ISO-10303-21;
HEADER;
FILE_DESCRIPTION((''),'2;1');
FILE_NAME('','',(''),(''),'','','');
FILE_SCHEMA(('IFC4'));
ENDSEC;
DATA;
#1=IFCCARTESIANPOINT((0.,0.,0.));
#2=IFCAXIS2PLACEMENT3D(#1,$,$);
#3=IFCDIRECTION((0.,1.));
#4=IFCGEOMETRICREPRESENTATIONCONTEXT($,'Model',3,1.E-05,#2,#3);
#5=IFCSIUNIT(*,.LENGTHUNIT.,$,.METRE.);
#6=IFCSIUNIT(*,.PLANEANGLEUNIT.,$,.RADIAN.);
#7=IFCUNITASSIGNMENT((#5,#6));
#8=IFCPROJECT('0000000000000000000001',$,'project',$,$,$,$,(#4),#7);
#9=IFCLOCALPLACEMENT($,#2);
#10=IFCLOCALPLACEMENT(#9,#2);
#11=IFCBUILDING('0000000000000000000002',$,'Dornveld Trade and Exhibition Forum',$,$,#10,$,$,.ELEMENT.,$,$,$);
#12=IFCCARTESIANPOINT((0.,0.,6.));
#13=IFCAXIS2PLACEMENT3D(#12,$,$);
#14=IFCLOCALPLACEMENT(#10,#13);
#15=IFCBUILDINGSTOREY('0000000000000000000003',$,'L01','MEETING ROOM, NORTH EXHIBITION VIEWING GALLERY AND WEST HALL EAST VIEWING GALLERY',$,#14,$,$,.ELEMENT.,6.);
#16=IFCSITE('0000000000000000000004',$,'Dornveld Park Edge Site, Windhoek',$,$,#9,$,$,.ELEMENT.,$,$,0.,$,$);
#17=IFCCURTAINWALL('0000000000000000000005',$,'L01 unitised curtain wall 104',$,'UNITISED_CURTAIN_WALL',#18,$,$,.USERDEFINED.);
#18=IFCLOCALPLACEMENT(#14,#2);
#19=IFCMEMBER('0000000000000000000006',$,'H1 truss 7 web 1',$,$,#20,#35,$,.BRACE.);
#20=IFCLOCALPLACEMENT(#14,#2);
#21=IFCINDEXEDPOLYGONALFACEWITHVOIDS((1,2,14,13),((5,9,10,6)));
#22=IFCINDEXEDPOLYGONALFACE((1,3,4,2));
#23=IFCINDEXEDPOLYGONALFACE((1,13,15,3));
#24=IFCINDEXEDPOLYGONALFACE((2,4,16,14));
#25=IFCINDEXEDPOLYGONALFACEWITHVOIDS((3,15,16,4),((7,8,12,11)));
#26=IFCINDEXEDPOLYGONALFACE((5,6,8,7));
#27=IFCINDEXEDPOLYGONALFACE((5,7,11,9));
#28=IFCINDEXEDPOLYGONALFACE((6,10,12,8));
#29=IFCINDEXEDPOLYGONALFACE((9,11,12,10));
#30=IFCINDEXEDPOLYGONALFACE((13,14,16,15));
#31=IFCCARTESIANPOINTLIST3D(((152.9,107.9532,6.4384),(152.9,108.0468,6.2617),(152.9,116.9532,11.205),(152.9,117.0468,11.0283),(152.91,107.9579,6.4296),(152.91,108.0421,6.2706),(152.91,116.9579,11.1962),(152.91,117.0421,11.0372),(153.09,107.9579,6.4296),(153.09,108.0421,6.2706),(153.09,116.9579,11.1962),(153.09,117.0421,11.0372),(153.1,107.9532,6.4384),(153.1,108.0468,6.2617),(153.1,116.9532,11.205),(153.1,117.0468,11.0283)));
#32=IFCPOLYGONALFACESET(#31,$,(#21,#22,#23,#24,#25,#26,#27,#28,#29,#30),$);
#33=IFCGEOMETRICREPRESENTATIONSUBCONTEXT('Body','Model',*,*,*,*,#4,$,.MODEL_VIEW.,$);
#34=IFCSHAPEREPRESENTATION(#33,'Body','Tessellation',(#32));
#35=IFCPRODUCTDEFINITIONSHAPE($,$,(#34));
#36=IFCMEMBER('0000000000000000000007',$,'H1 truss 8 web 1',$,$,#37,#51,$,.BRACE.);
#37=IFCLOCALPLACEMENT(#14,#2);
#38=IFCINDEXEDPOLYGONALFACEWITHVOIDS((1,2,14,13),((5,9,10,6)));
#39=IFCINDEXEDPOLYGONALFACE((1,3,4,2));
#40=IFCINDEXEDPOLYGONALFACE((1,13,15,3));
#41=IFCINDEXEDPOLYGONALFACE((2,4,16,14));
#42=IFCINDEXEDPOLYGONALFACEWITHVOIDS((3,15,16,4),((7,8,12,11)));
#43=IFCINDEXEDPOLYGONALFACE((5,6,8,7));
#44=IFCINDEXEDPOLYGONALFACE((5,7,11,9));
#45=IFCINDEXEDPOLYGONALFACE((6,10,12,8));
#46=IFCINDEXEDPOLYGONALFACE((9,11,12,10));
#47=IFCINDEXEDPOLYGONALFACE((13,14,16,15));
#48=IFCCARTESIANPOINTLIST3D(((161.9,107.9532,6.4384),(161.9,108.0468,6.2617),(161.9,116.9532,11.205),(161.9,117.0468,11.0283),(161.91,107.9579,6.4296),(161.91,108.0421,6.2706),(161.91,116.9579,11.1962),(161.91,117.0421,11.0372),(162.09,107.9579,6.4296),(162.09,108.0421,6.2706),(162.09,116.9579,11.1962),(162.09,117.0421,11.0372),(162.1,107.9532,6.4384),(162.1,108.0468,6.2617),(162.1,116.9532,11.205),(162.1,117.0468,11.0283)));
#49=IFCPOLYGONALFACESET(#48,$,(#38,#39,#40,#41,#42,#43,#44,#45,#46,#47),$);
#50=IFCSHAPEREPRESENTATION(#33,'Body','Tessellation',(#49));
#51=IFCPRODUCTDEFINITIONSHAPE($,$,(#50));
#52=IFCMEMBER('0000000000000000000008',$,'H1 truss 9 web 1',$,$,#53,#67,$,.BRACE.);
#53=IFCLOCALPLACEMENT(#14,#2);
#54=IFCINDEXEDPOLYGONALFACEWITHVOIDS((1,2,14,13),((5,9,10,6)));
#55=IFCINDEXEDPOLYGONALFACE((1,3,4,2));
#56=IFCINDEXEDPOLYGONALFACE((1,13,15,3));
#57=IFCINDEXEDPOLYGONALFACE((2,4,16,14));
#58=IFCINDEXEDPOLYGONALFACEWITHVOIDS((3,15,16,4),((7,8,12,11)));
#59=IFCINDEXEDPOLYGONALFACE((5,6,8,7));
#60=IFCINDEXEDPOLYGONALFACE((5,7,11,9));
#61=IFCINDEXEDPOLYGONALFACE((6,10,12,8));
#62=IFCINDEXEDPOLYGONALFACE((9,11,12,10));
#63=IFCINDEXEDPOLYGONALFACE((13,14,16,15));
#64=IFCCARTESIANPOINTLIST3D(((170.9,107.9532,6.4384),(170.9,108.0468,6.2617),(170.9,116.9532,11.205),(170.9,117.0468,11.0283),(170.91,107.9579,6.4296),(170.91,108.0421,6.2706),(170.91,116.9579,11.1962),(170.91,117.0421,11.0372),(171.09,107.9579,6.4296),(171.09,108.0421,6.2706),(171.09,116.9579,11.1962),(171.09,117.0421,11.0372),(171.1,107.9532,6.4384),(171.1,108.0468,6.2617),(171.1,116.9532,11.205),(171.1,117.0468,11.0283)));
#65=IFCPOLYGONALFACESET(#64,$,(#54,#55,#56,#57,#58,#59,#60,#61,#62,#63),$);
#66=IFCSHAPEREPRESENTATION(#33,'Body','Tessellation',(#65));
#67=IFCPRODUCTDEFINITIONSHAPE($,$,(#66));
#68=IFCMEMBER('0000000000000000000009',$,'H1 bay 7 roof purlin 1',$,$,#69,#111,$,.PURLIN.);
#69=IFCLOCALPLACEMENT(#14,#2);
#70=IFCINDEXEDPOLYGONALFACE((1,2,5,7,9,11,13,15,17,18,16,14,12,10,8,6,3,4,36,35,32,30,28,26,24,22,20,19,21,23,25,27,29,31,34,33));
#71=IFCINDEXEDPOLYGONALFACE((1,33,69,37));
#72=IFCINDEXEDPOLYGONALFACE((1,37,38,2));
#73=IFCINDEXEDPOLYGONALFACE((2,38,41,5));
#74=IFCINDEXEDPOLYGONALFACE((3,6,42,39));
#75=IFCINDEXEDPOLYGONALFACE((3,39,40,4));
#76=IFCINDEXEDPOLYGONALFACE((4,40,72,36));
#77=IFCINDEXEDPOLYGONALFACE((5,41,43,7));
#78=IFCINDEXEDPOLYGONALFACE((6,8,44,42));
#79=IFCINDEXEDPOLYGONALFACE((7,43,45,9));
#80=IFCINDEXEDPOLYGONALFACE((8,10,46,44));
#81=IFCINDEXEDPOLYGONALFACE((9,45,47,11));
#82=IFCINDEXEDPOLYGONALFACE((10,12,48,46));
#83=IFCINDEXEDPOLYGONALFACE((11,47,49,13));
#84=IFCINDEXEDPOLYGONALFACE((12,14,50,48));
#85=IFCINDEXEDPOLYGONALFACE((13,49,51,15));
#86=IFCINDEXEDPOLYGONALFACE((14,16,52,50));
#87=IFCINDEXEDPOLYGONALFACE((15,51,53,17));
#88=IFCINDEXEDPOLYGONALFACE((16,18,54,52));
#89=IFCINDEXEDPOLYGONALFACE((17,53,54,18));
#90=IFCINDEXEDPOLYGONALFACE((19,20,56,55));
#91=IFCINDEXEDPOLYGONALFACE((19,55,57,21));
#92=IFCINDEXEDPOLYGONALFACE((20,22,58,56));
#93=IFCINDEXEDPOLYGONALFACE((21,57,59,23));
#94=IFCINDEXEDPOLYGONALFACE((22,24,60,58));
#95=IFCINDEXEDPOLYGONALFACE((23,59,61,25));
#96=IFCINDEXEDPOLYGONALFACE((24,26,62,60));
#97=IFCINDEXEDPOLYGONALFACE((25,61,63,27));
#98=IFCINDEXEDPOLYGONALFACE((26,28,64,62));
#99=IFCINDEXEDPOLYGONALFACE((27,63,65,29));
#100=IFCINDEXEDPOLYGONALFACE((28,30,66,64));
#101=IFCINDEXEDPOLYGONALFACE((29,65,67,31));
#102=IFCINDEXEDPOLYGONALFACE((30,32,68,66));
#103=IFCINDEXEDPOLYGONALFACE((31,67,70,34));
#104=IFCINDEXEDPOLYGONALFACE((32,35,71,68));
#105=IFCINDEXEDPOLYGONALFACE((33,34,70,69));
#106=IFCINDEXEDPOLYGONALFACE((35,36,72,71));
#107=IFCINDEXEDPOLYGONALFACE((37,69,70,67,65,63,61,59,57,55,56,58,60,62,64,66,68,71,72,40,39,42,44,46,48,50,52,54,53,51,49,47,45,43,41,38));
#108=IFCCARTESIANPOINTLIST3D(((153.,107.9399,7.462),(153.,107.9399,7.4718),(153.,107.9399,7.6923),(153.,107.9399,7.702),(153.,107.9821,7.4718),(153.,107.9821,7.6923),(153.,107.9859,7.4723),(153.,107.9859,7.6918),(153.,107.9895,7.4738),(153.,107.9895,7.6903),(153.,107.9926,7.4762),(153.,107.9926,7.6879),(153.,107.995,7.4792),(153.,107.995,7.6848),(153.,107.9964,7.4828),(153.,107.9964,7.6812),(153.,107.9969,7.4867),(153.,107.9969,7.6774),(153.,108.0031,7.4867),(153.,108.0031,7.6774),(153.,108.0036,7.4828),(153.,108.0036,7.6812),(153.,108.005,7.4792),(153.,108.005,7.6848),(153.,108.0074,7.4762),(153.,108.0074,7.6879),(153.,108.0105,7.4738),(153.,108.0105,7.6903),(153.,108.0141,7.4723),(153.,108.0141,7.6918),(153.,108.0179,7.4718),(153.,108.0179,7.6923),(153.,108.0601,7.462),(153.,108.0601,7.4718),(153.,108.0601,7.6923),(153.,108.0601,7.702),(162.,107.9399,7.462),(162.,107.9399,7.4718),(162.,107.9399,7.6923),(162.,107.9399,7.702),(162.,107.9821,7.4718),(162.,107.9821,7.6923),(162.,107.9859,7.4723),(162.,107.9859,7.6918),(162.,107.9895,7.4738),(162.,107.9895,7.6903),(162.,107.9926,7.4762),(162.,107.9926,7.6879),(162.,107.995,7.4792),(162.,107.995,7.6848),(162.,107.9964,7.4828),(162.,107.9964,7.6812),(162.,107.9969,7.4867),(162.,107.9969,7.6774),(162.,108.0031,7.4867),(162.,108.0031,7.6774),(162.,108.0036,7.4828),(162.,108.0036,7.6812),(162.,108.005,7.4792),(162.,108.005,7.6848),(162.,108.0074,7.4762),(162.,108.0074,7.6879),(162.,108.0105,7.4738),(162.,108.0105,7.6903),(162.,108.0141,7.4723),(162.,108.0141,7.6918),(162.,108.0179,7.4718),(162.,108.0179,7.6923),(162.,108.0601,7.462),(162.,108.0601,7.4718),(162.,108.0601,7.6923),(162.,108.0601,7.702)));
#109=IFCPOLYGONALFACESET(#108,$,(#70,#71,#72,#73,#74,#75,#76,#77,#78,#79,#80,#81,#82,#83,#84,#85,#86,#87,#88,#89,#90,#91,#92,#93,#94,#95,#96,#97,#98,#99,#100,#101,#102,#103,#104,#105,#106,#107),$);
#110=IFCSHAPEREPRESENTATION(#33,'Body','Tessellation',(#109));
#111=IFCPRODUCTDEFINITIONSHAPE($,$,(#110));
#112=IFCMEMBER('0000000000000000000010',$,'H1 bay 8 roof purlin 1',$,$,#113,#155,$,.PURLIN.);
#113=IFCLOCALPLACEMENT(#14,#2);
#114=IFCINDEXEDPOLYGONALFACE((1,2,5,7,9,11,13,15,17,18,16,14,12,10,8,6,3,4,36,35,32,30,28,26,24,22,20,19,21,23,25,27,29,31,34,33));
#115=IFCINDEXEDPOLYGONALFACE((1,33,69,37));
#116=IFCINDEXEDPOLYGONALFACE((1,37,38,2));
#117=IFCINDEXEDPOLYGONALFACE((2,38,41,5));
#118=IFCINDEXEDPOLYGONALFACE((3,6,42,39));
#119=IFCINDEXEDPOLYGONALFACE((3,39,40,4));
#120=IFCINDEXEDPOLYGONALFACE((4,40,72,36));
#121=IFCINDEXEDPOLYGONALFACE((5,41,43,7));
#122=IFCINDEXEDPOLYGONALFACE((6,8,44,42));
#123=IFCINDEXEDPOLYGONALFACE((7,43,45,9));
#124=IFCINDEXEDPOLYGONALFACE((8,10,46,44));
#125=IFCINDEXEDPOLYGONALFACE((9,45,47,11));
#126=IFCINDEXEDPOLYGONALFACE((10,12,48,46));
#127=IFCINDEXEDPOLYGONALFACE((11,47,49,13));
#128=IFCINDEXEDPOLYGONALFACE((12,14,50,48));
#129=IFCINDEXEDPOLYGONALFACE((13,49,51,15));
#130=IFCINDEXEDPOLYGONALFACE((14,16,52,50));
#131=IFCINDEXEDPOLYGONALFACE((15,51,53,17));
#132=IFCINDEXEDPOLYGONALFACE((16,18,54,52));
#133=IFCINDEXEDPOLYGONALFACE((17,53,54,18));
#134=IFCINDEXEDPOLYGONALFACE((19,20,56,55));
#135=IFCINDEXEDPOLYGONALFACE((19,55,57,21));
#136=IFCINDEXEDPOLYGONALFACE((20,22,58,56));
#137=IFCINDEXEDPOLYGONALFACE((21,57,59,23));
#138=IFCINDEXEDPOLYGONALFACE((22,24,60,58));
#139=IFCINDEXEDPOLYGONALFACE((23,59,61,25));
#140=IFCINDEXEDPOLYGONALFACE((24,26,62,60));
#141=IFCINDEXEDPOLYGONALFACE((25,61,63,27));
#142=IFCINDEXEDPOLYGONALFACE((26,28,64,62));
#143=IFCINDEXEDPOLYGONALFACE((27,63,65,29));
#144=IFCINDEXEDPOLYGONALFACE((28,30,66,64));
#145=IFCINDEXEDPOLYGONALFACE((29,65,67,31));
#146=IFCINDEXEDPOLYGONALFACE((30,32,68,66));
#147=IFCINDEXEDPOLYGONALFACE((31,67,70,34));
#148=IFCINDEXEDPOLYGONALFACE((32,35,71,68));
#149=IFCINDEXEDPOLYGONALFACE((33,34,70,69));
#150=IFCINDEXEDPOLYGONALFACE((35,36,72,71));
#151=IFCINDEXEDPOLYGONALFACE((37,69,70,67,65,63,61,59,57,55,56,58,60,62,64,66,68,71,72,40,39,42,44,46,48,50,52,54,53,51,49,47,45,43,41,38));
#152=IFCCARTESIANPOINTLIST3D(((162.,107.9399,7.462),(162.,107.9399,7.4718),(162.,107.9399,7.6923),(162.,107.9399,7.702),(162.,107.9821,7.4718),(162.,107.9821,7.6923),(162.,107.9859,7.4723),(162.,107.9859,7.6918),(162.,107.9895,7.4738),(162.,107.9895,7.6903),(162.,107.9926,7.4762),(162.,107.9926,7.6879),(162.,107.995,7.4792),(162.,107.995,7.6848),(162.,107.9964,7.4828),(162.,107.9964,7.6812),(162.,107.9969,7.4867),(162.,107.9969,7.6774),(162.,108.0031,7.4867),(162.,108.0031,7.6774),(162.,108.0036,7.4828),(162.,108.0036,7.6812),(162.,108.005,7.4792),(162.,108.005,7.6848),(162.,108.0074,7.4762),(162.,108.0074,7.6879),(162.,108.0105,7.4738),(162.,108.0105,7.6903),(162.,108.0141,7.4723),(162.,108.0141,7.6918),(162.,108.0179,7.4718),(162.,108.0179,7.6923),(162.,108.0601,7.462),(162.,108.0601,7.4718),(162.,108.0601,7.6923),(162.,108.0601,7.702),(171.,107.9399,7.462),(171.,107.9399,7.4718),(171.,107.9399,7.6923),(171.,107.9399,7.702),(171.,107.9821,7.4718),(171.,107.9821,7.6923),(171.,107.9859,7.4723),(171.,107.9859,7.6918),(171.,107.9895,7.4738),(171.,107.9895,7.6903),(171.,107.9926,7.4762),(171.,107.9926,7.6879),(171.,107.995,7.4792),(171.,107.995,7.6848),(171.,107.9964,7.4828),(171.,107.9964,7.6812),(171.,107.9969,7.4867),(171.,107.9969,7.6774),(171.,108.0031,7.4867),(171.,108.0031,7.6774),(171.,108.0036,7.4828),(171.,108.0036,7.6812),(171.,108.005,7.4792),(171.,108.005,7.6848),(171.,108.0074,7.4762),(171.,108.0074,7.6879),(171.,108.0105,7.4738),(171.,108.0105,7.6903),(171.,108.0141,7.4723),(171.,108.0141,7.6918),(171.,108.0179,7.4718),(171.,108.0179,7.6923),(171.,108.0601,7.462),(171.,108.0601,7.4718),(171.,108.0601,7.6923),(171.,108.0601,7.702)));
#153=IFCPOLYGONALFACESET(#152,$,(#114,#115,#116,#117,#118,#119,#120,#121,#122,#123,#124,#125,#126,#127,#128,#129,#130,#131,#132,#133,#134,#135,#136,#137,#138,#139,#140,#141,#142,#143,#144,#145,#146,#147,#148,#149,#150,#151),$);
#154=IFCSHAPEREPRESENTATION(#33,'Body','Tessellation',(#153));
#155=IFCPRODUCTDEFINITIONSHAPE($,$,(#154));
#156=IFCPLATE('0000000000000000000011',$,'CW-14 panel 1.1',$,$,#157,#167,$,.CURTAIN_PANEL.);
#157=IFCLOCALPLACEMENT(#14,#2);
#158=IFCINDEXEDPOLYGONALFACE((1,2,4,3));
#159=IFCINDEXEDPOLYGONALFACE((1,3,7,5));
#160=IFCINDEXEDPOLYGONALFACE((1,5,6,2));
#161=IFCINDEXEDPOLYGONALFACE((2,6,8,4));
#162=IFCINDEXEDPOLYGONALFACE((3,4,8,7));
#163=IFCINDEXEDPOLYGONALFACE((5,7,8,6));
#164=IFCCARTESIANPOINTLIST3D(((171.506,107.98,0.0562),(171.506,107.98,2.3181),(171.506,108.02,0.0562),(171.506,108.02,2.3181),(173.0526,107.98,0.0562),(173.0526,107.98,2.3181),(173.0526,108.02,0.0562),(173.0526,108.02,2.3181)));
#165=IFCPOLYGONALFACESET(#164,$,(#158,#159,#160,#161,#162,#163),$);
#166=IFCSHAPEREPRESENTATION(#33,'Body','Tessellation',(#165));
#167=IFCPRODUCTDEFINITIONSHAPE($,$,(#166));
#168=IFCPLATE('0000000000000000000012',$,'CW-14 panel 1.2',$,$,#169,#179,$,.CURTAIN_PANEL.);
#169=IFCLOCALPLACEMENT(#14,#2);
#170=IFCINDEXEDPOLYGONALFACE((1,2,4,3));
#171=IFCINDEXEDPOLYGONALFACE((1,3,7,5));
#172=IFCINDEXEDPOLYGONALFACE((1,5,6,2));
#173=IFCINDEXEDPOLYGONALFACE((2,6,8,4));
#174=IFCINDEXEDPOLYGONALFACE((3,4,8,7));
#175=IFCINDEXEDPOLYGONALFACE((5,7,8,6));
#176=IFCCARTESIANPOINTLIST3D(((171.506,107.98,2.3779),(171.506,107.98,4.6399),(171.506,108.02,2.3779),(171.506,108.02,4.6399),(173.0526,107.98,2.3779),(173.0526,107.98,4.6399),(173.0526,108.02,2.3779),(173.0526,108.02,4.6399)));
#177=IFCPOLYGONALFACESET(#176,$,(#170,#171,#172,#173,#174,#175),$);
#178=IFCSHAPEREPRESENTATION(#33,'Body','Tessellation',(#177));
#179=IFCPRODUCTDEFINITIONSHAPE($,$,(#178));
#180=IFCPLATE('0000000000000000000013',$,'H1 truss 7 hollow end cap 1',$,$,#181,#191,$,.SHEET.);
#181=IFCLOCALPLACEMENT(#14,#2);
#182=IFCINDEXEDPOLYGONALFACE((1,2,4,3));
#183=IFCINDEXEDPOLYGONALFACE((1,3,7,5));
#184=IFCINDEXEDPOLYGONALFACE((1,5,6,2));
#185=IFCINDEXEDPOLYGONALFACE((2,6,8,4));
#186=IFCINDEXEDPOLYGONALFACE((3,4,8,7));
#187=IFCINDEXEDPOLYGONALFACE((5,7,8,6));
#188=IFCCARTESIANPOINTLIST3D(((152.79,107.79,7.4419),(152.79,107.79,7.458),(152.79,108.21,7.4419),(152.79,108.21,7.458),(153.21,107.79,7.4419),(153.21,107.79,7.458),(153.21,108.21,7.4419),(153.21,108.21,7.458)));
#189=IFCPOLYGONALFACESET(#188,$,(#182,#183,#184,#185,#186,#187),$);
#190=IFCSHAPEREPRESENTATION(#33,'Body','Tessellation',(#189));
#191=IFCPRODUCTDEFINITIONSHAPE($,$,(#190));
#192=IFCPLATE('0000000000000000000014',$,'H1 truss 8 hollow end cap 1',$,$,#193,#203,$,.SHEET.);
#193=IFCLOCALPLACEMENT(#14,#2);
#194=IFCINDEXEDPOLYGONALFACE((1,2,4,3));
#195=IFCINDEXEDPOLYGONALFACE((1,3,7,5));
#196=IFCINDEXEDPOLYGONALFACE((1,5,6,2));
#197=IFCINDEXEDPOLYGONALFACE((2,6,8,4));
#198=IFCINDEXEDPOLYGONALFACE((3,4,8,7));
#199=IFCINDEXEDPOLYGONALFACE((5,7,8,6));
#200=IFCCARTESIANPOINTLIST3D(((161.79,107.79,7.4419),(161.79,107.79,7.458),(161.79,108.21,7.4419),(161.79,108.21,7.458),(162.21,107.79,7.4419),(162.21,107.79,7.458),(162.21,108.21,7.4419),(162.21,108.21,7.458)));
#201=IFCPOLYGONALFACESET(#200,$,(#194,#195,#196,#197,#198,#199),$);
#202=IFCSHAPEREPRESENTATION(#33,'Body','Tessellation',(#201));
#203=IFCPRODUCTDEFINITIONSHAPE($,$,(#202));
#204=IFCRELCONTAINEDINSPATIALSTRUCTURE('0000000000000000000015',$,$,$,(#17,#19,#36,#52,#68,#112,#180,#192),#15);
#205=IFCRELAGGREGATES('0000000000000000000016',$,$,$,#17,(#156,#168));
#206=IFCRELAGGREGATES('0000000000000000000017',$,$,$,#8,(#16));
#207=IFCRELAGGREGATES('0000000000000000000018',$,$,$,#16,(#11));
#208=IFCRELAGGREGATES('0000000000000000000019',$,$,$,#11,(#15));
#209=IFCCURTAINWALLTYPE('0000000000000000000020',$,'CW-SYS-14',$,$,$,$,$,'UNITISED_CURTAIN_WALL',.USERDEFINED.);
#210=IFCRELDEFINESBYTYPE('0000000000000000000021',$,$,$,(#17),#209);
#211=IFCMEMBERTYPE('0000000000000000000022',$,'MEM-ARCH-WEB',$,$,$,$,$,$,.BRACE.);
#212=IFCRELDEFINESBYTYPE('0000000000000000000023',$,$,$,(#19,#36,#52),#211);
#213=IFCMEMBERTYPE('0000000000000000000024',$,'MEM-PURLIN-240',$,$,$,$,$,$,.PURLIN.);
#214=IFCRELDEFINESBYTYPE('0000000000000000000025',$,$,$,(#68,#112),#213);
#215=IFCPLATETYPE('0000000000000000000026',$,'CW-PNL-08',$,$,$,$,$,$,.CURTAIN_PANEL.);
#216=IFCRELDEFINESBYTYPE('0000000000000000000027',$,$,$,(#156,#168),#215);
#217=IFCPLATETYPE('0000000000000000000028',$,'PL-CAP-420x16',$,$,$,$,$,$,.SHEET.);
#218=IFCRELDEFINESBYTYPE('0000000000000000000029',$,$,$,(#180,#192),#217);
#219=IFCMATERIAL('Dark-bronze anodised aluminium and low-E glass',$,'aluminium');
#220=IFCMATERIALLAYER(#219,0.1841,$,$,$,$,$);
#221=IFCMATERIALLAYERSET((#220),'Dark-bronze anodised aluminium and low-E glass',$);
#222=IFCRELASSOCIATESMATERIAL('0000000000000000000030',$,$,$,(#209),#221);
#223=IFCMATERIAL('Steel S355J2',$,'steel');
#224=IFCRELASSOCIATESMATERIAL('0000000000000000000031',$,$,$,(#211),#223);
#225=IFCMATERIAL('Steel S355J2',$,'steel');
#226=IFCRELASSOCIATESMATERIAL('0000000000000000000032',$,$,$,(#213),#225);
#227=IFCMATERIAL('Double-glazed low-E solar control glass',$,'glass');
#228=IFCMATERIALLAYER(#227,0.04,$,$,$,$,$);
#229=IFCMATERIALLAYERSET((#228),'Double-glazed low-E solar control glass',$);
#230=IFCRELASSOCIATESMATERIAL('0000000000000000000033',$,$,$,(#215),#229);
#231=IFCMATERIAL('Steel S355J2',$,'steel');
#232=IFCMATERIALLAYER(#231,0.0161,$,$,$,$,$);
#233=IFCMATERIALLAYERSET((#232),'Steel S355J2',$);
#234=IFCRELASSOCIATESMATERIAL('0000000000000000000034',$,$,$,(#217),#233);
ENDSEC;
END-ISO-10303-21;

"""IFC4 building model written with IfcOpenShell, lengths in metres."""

from ifc_helpers import new_model, si_unit, direction, frame, origin, origin_2d, place, context, subcontext, project, spatial, rectangle, hollow_rectangle, i_section, extrude, material, layer, layer_set, material_profile, profile_set, type_object, element, aggregate, save


model = new_model("IFC4")

# Units and contexts
model_context = context("Model", 3, precision=1e-05, world=origin(), true_north=direction((0.0, 1.0)))
body_context = subcontext(model_context, "Body", "Model", "MODEL_VIEW")
ifc_project = project(units=[si_unit("LENGTHUNIT", "METRE"), si_unit("PLANEANGLEUNIT", "RADIAN")], contexts=[model_context])

# Site, building, storey
site_placement = place(None, origin())
site = spatial("IfcSite", under=ifc_project, at=site_placement, Name="Dornveld Park Edge Site, Windhoek", CompositionType="ELEMENT", RefElevation=0.0)
building_placement = place(site_placement, origin())
building = spatial("IfcBuilding", under=site, at=building_placement, Name="Dornveld Trade and Exhibition Forum", CompositionType="ELEMENT")
storey_placement = place(building_placement, frame((0.0, 0.0, 6.0)))
storey = spatial("IfcBuildingStorey", under=building, at=storey_placement, Name="L01", Description="MEETING ROOM, NORTH EXHIBITION VIEWING GALLERY AND WEST HALL EAST VIEWING GALLERY", CompositionType="ELEMENT", Elevation=6.0)

# Curtain wall
ifc_material_1 = material(Name="Dark-bronze anodised aluminium and low-E glass", Category="aluminium")
ifc_layer_1 = layer(ifc_material_1, 0.1841)
ifc_layer_set_1 = layer_set([ifc_layer_1], Name="Dark-bronze anodised aluminium and low-E glass")
curtain_wall_type = type_object("IfcCurtainWallType", Name="CW-SYS-14", ElementType="UNITISED_CURTAIN_WALL", PredefinedType="USERDEFINED", material=ifc_layer_set_1)
curtain_wall_placement = place(storey_placement, origin())
curtain_wall = element("IfcCurtainWall", 1, at=curtain_wall_placement, inside=storey, type_object=curtain_wall_type, Name="L01 unitised curtain wall 104", ObjectType="UNITISED_CURTAIN_WALL", PredefinedType="USERDEFINED")

# Members
ifc_material_2 = material(Name="Steel S355J2", Category="steel")
ifc_material_profile_1 = material_profile(ifc_material_2, hollow_rectangle(XDim=0.2, YDim=0.2, WallThickness=0.01, at=origin_2d()), Name="SHS 200x200x10")
ifc_profile_set_1 = profile_set([ifc_material_profile_1], Name="Steel S355J2")
member_type_1 = type_object("IfcMemberType", Name="MEM-ARCH-WEB", PredefinedType="BRACE", material=ifc_profile_set_1)
for number, where, z_axis, x_axis, name in (
    (2, (153.0, 108.0, 6.3501), (0.0, 0.883711, 0.468033), (-1.0, 0.0, 0.0), "H1 truss 7 web 1"),
    (3, (162.0, 108.0, 6.3501), (0.0, 0.883711, 0.468033), (-1.0, 0.0, 0.0), "H1 truss 8 web 1"),
    (4, (171.0, 108.0, 6.3501), (0.0, 0.883711, 0.468033), (-1.0, 0.0, 0.0), "H1 truss 9 web 1"),
):
    element("IfcMember", number, at=place(storey_placement, frame(where, z_axis=z_axis, x_axis=x_axis)), inside=storey, type_object=member_type_1, Name=name, PredefinedType="BRACE", context=body_context, shape_type="SweptSolid", body=[
        extrude(hollow_rectangle(XDim=0.2, YDim=0.2, WallThickness=0.01, at=origin_2d()), origin(), (0.0, 0.0, 1.0), 10.1843),
    ])
ifc_material_3 = material(Name="Steel S355J2", Category="steel")
ifc_material_profile_2 = material_profile(ifc_material_3, i_section(OverallWidth=0.1201, OverallDepth=0.24, WebThickness=0.0061, FlangeThickness=0.0098, FilletRadius=0.0149, at=origin_2d()), Name="IPE 240")
ifc_profile_set_2 = profile_set([ifc_material_profile_2], Name="Steel S355J2")
member_type_2 = type_object("IfcMemberType", Name="MEM-PURLIN-240", PredefinedType="PURLIN", material=ifc_profile_set_2)
for number, where, z_axis, x_axis, name in (
    (5, (153.0, 108.0, 7.582), (1.0, 0.0, 0.0), (0.0, 1.0, 0.0), "H1 bay 7 roof purlin 1"),
    (6, (162.0, 108.0, 7.582), (1.0, 0.0, 0.0), (0.0, 1.0, 0.0), "H1 bay 8 roof purlin 1"),
):
    element("IfcMember", number, at=place(storey_placement, frame(where, z_axis=z_axis, x_axis=x_axis)), inside=storey, type_object=member_type_2, Name=name, PredefinedType="PURLIN", context=body_context, shape_type="SweptSolid", body=[
        extrude(i_section(OverallWidth=0.1201, OverallDepth=0.24, WebThickness=0.0061, FlangeThickness=0.0098, FilletRadius=0.0149, at=origin_2d()), origin(), (0.0, 0.0, 1.0), 9.0),
    ])

# Plates
ifc_material_4 = material(Name="Double-glazed low-E solar control glass", Category="glass")
ifc_layer_2 = layer(ifc_material_4, 0.04)
ifc_layer_set_2 = layer_set([ifc_layer_2], Name="Double-glazed low-E solar control glass")
plate_type_1 = type_object("IfcPlateType", Name="CW-PNL-08", PredefinedType="CURTAIN_PANEL", material=ifc_layer_set_2)
plate_1_placement = place(storey_placement, frame((172.2793, 108.0, 0.0562), z_axis=(0.0, 0.0, 1.0), x_axis=(1.0, 0.0, 0.0)))
plate_1 = element("IfcPlate", 7, at=plate_1_placement, type_object=plate_type_1, Name="CW-14 panel 1.1", PredefinedType="CURTAIN_PANEL", context=body_context, shape_type="SweptSolid", body=[
    extrude(rectangle(XDim=1.5466, YDim=0.04, at=origin_2d()), origin(), (0.0, 0.0, 1.0), 2.262),
])
plate_2_placement = place(storey_placement, frame((172.2793, 108.0, 2.3779), z_axis=(0.0, 0.0, 1.0), x_axis=(1.0, 0.0, 0.0)))
plate_2 = element("IfcPlate", 8, at=plate_2_placement, type_object=plate_type_1, Name="CW-14 panel 1.2", PredefinedType="CURTAIN_PANEL", context=body_context, shape_type="SweptSolid", body=[
    extrude(rectangle(XDim=1.5466, YDim=0.04, at=origin_2d()), origin(), (0.0, 0.0, 1.0), 2.262),
])
aggregate(curtain_wall, [plate_1, plate_2])

# Plates
ifc_material_5 = material(Name="Steel S355J2", Category="steel")
ifc_layer_3 = layer(ifc_material_5, 0.0161)
ifc_layer_set_3 = layer_set([ifc_layer_3], Name="Steel S355J2")
plate_type_2 = type_object("IfcPlateType", Name="PL-CAP-420x16", PredefinedType="SHEET", material=ifc_layer_set_3)
for number, where, z_axis, x_axis, name in (
    (9, (153.0, 108.0, 7.4419), (0.0, 0.0, 1.0), (1.0, 0.0, 0.0), "H1 truss 7 hollow end cap 1"),
    (10, (162.0, 108.0, 7.4419), (0.0, 0.0, 1.0), (1.0, 0.0, 0.0), "H1 truss 8 hollow end cap 1"),
):
    element("IfcPlate", number, at=place(storey_placement, frame(where, z_axis=z_axis, x_axis=x_axis)), inside=storey, type_object=plate_type_2, Name=name, PredefinedType="SHEET", context=body_context, shape_type="SweptSolid", body=[
        extrude(rectangle(XDim=0.4199, YDim=0.4199, at=origin_2d()), origin(), (0.0, 0.0, 1.0), 0.0161),
    ])

save(model, "model.ifc")
